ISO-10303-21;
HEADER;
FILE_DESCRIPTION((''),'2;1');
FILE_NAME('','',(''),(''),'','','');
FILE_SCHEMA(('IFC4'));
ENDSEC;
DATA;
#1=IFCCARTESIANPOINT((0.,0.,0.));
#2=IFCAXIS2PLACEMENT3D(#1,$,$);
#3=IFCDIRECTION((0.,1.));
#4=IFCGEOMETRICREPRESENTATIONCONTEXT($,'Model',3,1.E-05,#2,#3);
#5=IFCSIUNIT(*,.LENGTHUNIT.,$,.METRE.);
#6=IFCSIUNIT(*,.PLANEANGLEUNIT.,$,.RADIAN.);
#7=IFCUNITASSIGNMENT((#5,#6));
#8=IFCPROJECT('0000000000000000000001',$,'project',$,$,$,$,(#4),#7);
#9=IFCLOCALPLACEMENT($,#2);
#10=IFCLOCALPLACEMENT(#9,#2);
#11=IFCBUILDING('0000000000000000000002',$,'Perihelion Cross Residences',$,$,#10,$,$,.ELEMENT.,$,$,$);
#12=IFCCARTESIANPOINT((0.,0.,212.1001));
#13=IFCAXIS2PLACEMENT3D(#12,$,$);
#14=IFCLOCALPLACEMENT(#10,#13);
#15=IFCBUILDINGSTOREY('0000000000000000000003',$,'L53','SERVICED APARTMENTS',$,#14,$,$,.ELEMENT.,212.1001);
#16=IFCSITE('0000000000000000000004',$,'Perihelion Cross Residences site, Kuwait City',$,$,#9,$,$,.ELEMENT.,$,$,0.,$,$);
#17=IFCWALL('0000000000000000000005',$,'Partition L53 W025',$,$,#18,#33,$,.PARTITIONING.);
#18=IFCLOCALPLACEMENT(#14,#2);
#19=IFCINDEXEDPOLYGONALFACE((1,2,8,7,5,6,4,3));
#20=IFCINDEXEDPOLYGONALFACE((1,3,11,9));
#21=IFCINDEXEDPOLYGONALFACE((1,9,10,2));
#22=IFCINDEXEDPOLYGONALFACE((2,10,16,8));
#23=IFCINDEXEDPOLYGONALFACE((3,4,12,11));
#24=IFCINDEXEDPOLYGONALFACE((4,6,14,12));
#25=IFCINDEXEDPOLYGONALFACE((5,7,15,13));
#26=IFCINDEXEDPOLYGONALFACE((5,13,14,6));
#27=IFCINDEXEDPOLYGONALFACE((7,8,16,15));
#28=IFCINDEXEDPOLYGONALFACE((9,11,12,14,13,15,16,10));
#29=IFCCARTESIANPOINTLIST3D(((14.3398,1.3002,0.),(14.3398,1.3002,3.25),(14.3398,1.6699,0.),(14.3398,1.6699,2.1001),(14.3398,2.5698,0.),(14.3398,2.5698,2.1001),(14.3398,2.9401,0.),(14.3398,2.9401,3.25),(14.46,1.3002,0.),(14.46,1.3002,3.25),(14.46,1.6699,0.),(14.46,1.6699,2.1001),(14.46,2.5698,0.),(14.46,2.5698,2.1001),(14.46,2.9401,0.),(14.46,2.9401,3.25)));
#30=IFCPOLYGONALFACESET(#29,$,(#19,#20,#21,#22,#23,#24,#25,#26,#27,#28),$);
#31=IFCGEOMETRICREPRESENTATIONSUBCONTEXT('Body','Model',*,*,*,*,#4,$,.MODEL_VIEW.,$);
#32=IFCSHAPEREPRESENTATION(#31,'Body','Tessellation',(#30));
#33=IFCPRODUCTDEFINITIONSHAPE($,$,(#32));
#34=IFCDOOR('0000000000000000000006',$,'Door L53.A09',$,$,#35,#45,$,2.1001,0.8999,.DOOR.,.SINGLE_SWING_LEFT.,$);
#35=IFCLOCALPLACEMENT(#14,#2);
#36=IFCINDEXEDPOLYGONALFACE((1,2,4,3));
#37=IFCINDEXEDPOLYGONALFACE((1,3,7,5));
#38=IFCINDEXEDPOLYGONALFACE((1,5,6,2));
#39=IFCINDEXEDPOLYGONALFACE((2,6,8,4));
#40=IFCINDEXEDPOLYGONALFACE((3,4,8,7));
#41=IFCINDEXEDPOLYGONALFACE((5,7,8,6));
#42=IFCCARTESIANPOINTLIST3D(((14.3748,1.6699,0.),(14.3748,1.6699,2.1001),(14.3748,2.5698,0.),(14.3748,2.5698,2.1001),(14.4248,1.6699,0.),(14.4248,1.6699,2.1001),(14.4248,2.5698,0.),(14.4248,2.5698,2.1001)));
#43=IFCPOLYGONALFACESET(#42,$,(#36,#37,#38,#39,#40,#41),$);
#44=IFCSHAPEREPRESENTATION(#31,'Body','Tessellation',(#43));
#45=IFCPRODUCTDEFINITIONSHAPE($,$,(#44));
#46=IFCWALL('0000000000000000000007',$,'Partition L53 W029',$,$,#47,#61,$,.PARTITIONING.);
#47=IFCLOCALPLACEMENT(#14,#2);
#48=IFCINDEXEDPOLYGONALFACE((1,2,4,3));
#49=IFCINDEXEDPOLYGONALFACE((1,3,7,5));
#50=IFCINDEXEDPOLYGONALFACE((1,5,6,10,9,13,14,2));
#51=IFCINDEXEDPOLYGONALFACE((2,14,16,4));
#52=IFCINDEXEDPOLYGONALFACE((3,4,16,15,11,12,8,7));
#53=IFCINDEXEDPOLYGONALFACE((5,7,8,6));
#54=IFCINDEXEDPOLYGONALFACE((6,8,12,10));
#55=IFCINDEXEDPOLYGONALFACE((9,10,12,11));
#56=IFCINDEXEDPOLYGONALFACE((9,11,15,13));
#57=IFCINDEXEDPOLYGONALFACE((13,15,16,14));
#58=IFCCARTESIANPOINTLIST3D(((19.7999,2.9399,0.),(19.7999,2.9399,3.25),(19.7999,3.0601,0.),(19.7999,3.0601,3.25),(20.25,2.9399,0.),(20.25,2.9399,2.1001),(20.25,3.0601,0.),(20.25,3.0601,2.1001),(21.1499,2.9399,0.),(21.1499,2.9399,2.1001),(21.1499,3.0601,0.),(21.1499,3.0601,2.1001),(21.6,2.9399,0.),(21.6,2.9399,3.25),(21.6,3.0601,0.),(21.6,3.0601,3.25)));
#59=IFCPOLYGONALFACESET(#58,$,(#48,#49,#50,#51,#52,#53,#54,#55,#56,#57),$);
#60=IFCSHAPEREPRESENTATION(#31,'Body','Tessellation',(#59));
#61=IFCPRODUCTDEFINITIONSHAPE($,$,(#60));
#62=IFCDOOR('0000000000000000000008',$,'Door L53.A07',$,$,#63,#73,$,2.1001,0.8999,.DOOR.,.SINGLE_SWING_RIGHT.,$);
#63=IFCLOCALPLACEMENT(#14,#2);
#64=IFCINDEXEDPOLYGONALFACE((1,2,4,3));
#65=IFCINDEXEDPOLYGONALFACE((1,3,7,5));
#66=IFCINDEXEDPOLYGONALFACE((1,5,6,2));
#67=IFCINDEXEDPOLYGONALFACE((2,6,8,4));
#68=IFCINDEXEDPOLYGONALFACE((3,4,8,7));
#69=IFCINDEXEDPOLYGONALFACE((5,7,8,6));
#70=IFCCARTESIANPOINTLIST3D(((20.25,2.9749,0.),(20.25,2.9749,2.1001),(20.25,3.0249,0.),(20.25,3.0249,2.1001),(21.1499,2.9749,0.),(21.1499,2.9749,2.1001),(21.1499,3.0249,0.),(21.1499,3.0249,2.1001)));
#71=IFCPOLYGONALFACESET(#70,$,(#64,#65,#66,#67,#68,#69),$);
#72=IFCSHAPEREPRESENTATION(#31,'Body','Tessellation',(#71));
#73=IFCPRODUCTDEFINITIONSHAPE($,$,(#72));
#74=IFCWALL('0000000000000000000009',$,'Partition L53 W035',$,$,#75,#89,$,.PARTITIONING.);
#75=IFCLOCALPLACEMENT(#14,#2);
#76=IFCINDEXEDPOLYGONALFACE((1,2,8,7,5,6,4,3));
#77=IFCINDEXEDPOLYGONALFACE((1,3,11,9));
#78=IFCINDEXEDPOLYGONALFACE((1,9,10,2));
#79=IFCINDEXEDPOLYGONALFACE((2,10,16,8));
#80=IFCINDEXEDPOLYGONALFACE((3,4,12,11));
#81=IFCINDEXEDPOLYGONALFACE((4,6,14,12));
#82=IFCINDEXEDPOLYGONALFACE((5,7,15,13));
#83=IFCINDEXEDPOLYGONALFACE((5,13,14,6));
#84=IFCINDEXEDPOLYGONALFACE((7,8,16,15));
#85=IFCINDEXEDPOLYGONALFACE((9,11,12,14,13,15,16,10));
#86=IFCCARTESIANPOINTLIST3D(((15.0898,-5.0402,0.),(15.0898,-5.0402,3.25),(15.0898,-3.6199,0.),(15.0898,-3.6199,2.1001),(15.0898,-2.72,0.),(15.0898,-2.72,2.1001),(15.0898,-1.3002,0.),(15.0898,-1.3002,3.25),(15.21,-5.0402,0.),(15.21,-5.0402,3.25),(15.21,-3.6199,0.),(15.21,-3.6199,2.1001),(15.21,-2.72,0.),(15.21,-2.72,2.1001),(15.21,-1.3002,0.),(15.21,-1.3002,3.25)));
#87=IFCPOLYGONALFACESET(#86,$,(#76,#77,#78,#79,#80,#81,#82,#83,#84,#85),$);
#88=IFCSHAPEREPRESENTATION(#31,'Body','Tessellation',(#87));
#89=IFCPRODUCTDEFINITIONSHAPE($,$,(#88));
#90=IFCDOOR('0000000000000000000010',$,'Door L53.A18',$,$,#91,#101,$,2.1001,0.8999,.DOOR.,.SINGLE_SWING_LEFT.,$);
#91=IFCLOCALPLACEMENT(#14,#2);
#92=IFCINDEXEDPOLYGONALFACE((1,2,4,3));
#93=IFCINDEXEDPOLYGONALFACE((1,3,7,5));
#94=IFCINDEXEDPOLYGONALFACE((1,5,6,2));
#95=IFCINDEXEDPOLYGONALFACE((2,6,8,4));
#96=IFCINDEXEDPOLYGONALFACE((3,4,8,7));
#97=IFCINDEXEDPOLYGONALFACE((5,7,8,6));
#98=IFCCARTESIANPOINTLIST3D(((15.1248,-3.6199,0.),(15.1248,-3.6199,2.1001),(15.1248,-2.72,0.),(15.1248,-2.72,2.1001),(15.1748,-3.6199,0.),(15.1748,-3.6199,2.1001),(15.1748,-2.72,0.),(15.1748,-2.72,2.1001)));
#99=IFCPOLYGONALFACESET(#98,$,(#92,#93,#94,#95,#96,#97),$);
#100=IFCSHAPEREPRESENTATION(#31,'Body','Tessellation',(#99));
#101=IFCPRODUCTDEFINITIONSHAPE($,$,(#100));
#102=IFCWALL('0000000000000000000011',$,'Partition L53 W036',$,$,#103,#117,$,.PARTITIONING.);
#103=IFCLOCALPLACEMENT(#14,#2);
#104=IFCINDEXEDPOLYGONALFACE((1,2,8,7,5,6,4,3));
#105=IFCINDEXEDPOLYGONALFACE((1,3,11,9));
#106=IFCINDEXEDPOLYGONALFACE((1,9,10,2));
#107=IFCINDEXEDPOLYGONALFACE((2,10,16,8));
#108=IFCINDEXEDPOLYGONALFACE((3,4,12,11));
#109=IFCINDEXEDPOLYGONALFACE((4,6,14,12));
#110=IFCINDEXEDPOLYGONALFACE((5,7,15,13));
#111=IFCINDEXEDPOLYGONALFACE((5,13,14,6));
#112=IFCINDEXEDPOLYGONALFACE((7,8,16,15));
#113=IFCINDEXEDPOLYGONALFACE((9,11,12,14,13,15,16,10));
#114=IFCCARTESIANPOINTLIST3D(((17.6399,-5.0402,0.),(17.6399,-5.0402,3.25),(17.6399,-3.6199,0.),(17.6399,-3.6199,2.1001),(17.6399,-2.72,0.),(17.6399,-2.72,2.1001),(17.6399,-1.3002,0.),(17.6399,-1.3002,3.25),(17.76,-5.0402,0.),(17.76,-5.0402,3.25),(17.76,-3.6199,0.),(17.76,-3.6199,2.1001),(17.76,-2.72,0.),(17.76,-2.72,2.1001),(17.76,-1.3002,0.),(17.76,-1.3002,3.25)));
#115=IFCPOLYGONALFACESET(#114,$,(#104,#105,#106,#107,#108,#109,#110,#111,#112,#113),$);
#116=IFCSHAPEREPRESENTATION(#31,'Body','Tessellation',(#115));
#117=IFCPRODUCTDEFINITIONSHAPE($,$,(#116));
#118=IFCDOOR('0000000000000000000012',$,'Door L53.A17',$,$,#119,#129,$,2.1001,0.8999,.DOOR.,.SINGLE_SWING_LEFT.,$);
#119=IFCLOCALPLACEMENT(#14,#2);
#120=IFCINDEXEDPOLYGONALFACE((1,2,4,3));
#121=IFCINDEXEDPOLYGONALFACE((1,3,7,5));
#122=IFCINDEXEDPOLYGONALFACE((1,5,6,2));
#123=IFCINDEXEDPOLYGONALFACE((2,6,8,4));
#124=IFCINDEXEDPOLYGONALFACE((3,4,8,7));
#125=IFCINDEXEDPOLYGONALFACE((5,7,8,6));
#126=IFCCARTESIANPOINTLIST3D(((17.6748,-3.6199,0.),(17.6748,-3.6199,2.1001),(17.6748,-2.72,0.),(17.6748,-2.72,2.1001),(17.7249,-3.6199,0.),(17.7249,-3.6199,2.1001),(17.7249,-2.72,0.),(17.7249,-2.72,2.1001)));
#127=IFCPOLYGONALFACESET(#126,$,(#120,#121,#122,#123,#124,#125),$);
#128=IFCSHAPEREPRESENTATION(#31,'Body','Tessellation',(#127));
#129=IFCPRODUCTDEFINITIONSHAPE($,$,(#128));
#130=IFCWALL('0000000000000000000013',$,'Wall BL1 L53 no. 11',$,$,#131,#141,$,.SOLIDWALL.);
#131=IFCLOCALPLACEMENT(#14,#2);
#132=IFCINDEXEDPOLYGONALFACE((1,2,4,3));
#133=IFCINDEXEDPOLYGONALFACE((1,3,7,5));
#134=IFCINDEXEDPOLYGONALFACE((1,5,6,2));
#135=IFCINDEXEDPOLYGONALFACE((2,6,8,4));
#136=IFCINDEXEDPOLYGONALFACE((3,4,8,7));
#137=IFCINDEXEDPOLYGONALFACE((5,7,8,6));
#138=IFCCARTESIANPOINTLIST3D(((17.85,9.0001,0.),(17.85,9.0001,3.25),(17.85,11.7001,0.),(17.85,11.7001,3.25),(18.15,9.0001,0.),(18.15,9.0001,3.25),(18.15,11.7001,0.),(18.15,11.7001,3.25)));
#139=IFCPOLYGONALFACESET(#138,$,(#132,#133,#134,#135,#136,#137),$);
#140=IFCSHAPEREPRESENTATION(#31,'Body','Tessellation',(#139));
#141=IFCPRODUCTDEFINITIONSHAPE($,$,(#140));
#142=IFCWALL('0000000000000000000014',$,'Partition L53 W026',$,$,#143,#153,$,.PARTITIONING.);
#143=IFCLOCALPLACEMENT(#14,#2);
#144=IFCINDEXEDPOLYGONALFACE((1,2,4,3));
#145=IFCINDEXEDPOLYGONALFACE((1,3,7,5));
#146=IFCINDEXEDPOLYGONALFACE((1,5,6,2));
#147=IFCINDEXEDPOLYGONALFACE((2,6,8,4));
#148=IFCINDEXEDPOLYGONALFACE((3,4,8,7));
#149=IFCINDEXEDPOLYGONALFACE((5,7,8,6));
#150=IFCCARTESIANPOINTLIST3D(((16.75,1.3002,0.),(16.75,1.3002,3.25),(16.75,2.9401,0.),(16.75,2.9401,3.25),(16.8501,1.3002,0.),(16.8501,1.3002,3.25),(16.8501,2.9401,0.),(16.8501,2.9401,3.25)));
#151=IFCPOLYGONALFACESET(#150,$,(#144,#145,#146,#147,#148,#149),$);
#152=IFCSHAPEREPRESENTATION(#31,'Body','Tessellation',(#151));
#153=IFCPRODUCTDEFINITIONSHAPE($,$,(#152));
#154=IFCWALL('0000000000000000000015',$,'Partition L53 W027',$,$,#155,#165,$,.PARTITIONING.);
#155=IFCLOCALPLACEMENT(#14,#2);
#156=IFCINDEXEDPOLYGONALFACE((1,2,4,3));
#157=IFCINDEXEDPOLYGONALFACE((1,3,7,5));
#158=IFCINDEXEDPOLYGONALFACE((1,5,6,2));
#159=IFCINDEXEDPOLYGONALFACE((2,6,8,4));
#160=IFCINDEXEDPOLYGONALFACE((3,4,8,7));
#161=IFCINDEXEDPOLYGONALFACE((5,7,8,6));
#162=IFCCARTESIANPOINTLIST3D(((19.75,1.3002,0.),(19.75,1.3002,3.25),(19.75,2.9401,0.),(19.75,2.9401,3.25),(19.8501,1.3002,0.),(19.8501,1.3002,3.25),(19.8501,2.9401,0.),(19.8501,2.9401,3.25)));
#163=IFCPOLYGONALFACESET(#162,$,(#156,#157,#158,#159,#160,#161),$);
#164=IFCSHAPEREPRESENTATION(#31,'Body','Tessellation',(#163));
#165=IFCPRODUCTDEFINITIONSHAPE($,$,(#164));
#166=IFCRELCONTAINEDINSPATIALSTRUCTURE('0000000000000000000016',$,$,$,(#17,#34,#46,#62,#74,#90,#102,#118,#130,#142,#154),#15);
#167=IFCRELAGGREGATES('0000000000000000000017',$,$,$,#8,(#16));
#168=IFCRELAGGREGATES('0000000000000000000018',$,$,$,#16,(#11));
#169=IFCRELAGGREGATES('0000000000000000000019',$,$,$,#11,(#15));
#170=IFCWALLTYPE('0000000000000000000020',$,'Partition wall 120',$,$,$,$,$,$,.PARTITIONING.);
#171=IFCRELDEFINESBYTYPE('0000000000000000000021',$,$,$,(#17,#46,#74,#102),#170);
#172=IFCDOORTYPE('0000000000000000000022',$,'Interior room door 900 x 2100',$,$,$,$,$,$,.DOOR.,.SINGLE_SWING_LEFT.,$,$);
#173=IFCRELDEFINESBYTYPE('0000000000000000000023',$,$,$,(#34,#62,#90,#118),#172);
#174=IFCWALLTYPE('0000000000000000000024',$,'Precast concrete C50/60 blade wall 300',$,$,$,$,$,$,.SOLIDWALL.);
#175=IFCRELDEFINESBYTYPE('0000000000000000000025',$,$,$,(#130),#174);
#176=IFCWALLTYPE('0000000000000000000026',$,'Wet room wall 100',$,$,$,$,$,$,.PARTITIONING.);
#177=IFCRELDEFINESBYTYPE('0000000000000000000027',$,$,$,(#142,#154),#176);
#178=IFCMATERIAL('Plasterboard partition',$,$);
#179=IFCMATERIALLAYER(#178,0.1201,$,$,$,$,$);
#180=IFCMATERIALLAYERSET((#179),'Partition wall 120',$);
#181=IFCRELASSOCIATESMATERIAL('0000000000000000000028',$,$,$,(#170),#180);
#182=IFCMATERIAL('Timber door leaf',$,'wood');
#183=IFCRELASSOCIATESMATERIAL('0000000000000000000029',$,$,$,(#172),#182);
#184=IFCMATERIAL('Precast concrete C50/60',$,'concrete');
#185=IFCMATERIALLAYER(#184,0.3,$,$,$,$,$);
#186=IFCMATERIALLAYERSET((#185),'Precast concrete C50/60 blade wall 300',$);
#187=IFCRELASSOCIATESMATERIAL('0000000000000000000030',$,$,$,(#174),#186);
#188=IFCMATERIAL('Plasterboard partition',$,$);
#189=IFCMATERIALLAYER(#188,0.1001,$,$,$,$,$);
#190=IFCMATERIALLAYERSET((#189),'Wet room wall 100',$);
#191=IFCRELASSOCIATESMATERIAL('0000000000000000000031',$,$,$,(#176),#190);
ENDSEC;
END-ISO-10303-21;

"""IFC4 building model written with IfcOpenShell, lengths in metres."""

from ifc_helpers import new_model, si_unit, direction, frame, frame_2d, origin, place, context, subcontext, project, spatial, rectangle, extrude, material, layer, layer_set, type_object, element, fill, save


model = new_model("IFC4")

# Units and contexts
model_context = context("Model", 3, precision=1e-05, world=origin(), true_north=direction((0.0, 1.0)))
body_context = subcontext(model_context, "Body", "Model", "MODEL_VIEW")
ifc_project = project(units=[si_unit("LENGTHUNIT", "METRE"), si_unit("PLANEANGLEUNIT", "RADIAN")], contexts=[model_context])

# Site, building, storey
site_placement = place(None, origin())
site = spatial("IfcSite", under=ifc_project, at=site_placement, Name="Perihelion Cross Residences site, Kuwait City", CompositionType="ELEMENT", RefElevation=0.0)
building_placement = place(site_placement, origin())
building = spatial("IfcBuilding", under=site, at=building_placement, Name="Perihelion Cross Residences", CompositionType="ELEMENT")
storey_placement = place(building_placement, frame((0.0, 0.0, 212.1001)))
storey = spatial("IfcBuildingStorey", under=building, at=storey_placement, Name="L53", Description="SERVICED APARTMENTS", CompositionType="ELEMENT", Elevation=212.1001)

# Walls, openings, doors
ifc_material_1 = material(Name="Plasterboard partition")
ifc_layer_1 = layer(ifc_material_1, 0.1201)
ifc_layer_set_1 = layer_set([ifc_layer_1], Name="Partition wall 120")
wall_type_1 = type_object("IfcWallType", Name="Partition wall 120", PredefinedType="PARTITIONING", material=ifc_layer_set_1)
ifc_material_2 = material(Name="Timber door leaf", Category="wood")
door_type_1 = type_object("IfcDoorType", Name="Interior room door 900 x 2100", OperationType="SINGLE_SWING_LEFT", PredefinedType="DOOR", material=ifc_material_2)
wall_1_placement = place(storey_placement, frame((14.3999, 2.9399, 0.0), z_axis=(0.0, 0.0, 1.0), x_axis=(0.0, -1.0, 0.0)))
wall_1 = element("IfcWall", 1, at=wall_1_placement, inside=storey, type_object=wall_type_1, Name="Partition L53 W025", PredefinedType="PARTITIONING", context=body_context, shape_type="SweptSolid", body=[
    extrude(rectangle(XDim=1.6399, YDim=0.1201, at=frame_2d((0.8198, 0.0))), origin(), (0.0, 0.0, 1.0), 3.25),
])
opening_1_placement = place(wall_1_placement, frame((0.3701, 0.0, 0.0)))
opening_1 = element("IfcOpeningElement", 2, at=opening_1_placement, cuts=wall_1, PredefinedType="OPENING", context=body_context, shape_type="SweptSolid", body=[
    extrude(rectangle(XDim=0.8999, YDim=2.1001, at=frame_2d((0.45, 1.05))), frame((0.0, 0.0701, 0.0), z_axis=(0.0, -1.0, 0.0), x_axis=(1.0, 0.0, 0.0)), (0.0, 0.0, 1.0), 0.1401),
])
door_1_placement = place(opening_1_placement, origin())
door_1 = element("IfcDoor", 3, at=door_1_placement, inside=storey, type_object=door_type_1, Name="Door L53.A09", OperationType="SINGLE_SWING_LEFT", OverallHeight=2.1001, OverallWidth=0.8999, PredefinedType="DOOR", context=body_context, shape_type="SweptSolid", body=[
    extrude(rectangle(XDim=0.8999, YDim=2.1001, at=frame_2d((0.45, 1.05))), frame((0.0, 0.0249, 0.0), z_axis=(0.0, -1.0, 0.0), x_axis=(1.0, 0.0, 0.0)), (0.0, 0.0, 1.0), 0.05),
])
fill(opening_1, door_1)
wall_2_placement = place(storey_placement, frame((19.8, 3.0, 0.0), z_axis=(0.0, 0.0, 1.0), x_axis=(1.0, 0.0, 0.0)))
wall_2 = element("IfcWall", 4, at=wall_2_placement, inside=storey, type_object=wall_type_1, Name="Partition L53 W029", PredefinedType="PARTITIONING", context=body_context, shape_type="SweptSolid", body=[
    extrude(rectangle(XDim=1.8, YDim=0.1201, at=frame_2d((0.8999, 0.0))), origin(), (0.0, 0.0, 1.0), 3.25),
])
opening_2_placement = place(wall_2_placement, frame((0.45, 0.0, 0.0)))
opening_2 = element("IfcOpeningElement", 5, at=opening_2_placement, cuts=wall_2, PredefinedType="OPENING", context=body_context, shape_type="SweptSolid", body=[
    extrude(rectangle(XDim=0.8999, YDim=2.1001, at=frame_2d((0.45, 1.05))), frame((0.0, 0.0701, 0.0), z_axis=(0.0, -1.0, 0.0), x_axis=(1.0, 0.0, 0.0)), (0.0, 0.0, 1.0), 0.1401),
])
door_2_placement = place(opening_2_placement, origin())
door_2 = element("IfcDoor", 6, at=door_2_placement, inside=storey, type_object=door_type_1, Name="Door L53.A07", OperationType="SINGLE_SWING_RIGHT", OverallHeight=2.1001, OverallWidth=0.8999, PredefinedType="DOOR", context=body_context, shape_type="SweptSolid", body=[
    extrude(rectangle(XDim=0.8999, YDim=2.1001, at=frame_2d((0.45, 1.05))), frame((0.0, 0.0249, 0.0), z_axis=(0.0, -1.0, 0.0), x_axis=(1.0, 0.0, 0.0)), (0.0, 0.0, 1.0), 0.05),
])
fill(opening_2, door_2)
wall_3_placement = place(storey_placement, frame((15.1499, -1.3, 0.0), z_axis=(0.0, 0.0, 1.0), x_axis=(0.0, -1.0, 0.0)))
wall_3 = element("IfcWall", 7, at=wall_3_placement, inside=storey, type_object=wall_type_1, Name="Partition L53 W035", PredefinedType="PARTITIONING", context=body_context, shape_type="SweptSolid", body=[
    extrude(rectangle(XDim=3.74, YDim=0.1201, at=frame_2d((1.8701, 0.0))), origin(), (0.0, 0.0, 1.0), 3.25),
])
opening_3_placement = place(wall_3_placement, frame((1.4199, 0.0, 0.0)))
opening_3 = element("IfcOpeningElement", 8, at=opening_3_placement, cuts=wall_3, PredefinedType="OPENING", context=body_context, shape_type="SweptSolid", body=[
    extrude(rectangle(XDim=0.8999, YDim=2.1001, at=frame_2d((0.45, 1.05))), frame((0.0, 0.0701, 0.0), z_axis=(0.0, -1.0, 0.0), x_axis=(1.0, 0.0, 0.0)), (0.0, 0.0, 1.0), 0.1401),
])
door_3_placement = place(opening_3_placement, origin())
door_3 = element("IfcDoor", 9, at=door_3_placement, inside=storey, type_object=door_type_1, Name="Door L53.A18", OperationType="SINGLE_SWING_LEFT", OverallHeight=2.1001, OverallWidth=0.8999, PredefinedType="DOOR", context=body_context, shape_type="SweptSolid", body=[
    extrude(rectangle(XDim=0.8999, YDim=2.1001, at=frame_2d((0.45, 1.05))), frame((0.0, 0.0249, 0.0), z_axis=(0.0, -1.0, 0.0), x_axis=(1.0, 0.0, 0.0)), (0.0, 0.0, 1.0), 0.05),
])
fill(opening_3, door_3)
wall_4_placement = place(storey_placement, frame((17.7, -1.3, 0.0), z_axis=(0.0, 0.0, 1.0), x_axis=(0.0, -1.0, 0.0)))
wall_4 = element("IfcWall", 10, at=wall_4_placement, inside=storey, type_object=wall_type_1, Name="Partition L53 W036", PredefinedType="PARTITIONING", context=body_context, shape_type="SweptSolid", body=[
    extrude(rectangle(XDim=3.74, YDim=0.1201, at=frame_2d((1.8701, 0.0))), origin(), (0.0, 0.0, 1.0), 3.25),
])
opening_4_placement = place(wall_4_placement, frame((1.4199, 0.0, 0.0)))
opening_4 = element("IfcOpeningElement", 11, at=opening_4_placement, cuts=wall_4, PredefinedType="OPENING", context=body_context, shape_type="SweptSolid", body=[
    extrude(rectangle(XDim=0.8999, YDim=2.1001, at=frame_2d((0.45, 1.05))), frame((0.0, 0.0701, 0.0), z_axis=(0.0, -1.0, 0.0), x_axis=(1.0, 0.0, 0.0)), (0.0, 0.0, 1.0), 0.1401),
])
door_4_placement = place(opening_4_placement, origin())
door_4 = element("IfcDoor", 12, at=door_4_placement, inside=storey, type_object=door_type_1, Name="Door L53.A17", OperationType="SINGLE_SWING_LEFT", OverallHeight=2.1001, OverallWidth=0.8999, PredefinedType="DOOR", context=body_context, shape_type="SweptSolid", body=[
    extrude(rectangle(XDim=0.8999, YDim=2.1001, at=frame_2d((0.45, 1.05))), frame((0.0, 0.0249, 0.0), z_axis=(0.0, -1.0, 0.0), x_axis=(1.0, 0.0, 0.0)), (0.0, 0.0, 1.0), 0.05),
])
fill(opening_4, door_4)

# Walls
ifc_material_3 = material(Name="Precast concrete C50/60", Category="concrete")
ifc_layer_2 = layer(ifc_material_3, 0.3)
ifc_layer_set_2 = layer_set([ifc_layer_2], Name="Precast concrete C50/60 blade wall 300")
wall_type_2 = type_object("IfcWallType", Name="Precast concrete C50/60 blade wall 300", PredefinedType="SOLIDWALL", material=ifc_layer_set_2)
wall_5_placement = place(storey_placement, frame((18.0, 9.0, 0.0), z_axis=(0.0, 0.0, 1.0), x_axis=(0.0, 1.0, 0.0)))
element("IfcWall", 13, at=wall_5_placement, inside=storey, type_object=wall_type_2, Name="Wall BL1 L53 no. 11", PredefinedType="SOLIDWALL", context=body_context, shape_type="SweptSolid", body=[
    extrude(rectangle(XDim=2.7, YDim=0.3, at=frame_2d((1.3501, 0.0))), origin(), (0.0, 0.0, 1.0), 3.25),
])
ifc_material_4 = material(Name="Plasterboard partition")
ifc_layer_3 = layer(ifc_material_4, 0.1001)
ifc_layer_set_3 = layer_set([ifc_layer_3], Name="Wet room wall 100")
wall_type_3 = type_object("IfcWallType", Name="Wet room wall 100", PredefinedType="PARTITIONING", material=ifc_layer_set_3)
for number, where, z_axis, x_axis, name in (
    (14, (16.8, 2.9399, 0.0), (0.0, 0.0, 1.0), (0.0, -1.0, 0.0), "Partition L53 W026"),
    (15, (19.8, 2.9399, 0.0), (0.0, 0.0, 1.0), (0.0, -1.0, 0.0), "Partition L53 W027"),
):
    element("IfcWall", number, at=place(storey_placement, frame(where, z_axis=z_axis, x_axis=x_axis)), inside=storey, type_object=wall_type_3, Name=name, PredefinedType="PARTITIONING", context=body_context, shape_type="SweptSolid", body=[
        extrude(rectangle(XDim=1.6399, YDim=0.1001, at=frame_2d((0.8198, 0.0))), origin(), (0.0, 0.0, 1.0), 3.25),
    ])

save(model, "model.ifc")
